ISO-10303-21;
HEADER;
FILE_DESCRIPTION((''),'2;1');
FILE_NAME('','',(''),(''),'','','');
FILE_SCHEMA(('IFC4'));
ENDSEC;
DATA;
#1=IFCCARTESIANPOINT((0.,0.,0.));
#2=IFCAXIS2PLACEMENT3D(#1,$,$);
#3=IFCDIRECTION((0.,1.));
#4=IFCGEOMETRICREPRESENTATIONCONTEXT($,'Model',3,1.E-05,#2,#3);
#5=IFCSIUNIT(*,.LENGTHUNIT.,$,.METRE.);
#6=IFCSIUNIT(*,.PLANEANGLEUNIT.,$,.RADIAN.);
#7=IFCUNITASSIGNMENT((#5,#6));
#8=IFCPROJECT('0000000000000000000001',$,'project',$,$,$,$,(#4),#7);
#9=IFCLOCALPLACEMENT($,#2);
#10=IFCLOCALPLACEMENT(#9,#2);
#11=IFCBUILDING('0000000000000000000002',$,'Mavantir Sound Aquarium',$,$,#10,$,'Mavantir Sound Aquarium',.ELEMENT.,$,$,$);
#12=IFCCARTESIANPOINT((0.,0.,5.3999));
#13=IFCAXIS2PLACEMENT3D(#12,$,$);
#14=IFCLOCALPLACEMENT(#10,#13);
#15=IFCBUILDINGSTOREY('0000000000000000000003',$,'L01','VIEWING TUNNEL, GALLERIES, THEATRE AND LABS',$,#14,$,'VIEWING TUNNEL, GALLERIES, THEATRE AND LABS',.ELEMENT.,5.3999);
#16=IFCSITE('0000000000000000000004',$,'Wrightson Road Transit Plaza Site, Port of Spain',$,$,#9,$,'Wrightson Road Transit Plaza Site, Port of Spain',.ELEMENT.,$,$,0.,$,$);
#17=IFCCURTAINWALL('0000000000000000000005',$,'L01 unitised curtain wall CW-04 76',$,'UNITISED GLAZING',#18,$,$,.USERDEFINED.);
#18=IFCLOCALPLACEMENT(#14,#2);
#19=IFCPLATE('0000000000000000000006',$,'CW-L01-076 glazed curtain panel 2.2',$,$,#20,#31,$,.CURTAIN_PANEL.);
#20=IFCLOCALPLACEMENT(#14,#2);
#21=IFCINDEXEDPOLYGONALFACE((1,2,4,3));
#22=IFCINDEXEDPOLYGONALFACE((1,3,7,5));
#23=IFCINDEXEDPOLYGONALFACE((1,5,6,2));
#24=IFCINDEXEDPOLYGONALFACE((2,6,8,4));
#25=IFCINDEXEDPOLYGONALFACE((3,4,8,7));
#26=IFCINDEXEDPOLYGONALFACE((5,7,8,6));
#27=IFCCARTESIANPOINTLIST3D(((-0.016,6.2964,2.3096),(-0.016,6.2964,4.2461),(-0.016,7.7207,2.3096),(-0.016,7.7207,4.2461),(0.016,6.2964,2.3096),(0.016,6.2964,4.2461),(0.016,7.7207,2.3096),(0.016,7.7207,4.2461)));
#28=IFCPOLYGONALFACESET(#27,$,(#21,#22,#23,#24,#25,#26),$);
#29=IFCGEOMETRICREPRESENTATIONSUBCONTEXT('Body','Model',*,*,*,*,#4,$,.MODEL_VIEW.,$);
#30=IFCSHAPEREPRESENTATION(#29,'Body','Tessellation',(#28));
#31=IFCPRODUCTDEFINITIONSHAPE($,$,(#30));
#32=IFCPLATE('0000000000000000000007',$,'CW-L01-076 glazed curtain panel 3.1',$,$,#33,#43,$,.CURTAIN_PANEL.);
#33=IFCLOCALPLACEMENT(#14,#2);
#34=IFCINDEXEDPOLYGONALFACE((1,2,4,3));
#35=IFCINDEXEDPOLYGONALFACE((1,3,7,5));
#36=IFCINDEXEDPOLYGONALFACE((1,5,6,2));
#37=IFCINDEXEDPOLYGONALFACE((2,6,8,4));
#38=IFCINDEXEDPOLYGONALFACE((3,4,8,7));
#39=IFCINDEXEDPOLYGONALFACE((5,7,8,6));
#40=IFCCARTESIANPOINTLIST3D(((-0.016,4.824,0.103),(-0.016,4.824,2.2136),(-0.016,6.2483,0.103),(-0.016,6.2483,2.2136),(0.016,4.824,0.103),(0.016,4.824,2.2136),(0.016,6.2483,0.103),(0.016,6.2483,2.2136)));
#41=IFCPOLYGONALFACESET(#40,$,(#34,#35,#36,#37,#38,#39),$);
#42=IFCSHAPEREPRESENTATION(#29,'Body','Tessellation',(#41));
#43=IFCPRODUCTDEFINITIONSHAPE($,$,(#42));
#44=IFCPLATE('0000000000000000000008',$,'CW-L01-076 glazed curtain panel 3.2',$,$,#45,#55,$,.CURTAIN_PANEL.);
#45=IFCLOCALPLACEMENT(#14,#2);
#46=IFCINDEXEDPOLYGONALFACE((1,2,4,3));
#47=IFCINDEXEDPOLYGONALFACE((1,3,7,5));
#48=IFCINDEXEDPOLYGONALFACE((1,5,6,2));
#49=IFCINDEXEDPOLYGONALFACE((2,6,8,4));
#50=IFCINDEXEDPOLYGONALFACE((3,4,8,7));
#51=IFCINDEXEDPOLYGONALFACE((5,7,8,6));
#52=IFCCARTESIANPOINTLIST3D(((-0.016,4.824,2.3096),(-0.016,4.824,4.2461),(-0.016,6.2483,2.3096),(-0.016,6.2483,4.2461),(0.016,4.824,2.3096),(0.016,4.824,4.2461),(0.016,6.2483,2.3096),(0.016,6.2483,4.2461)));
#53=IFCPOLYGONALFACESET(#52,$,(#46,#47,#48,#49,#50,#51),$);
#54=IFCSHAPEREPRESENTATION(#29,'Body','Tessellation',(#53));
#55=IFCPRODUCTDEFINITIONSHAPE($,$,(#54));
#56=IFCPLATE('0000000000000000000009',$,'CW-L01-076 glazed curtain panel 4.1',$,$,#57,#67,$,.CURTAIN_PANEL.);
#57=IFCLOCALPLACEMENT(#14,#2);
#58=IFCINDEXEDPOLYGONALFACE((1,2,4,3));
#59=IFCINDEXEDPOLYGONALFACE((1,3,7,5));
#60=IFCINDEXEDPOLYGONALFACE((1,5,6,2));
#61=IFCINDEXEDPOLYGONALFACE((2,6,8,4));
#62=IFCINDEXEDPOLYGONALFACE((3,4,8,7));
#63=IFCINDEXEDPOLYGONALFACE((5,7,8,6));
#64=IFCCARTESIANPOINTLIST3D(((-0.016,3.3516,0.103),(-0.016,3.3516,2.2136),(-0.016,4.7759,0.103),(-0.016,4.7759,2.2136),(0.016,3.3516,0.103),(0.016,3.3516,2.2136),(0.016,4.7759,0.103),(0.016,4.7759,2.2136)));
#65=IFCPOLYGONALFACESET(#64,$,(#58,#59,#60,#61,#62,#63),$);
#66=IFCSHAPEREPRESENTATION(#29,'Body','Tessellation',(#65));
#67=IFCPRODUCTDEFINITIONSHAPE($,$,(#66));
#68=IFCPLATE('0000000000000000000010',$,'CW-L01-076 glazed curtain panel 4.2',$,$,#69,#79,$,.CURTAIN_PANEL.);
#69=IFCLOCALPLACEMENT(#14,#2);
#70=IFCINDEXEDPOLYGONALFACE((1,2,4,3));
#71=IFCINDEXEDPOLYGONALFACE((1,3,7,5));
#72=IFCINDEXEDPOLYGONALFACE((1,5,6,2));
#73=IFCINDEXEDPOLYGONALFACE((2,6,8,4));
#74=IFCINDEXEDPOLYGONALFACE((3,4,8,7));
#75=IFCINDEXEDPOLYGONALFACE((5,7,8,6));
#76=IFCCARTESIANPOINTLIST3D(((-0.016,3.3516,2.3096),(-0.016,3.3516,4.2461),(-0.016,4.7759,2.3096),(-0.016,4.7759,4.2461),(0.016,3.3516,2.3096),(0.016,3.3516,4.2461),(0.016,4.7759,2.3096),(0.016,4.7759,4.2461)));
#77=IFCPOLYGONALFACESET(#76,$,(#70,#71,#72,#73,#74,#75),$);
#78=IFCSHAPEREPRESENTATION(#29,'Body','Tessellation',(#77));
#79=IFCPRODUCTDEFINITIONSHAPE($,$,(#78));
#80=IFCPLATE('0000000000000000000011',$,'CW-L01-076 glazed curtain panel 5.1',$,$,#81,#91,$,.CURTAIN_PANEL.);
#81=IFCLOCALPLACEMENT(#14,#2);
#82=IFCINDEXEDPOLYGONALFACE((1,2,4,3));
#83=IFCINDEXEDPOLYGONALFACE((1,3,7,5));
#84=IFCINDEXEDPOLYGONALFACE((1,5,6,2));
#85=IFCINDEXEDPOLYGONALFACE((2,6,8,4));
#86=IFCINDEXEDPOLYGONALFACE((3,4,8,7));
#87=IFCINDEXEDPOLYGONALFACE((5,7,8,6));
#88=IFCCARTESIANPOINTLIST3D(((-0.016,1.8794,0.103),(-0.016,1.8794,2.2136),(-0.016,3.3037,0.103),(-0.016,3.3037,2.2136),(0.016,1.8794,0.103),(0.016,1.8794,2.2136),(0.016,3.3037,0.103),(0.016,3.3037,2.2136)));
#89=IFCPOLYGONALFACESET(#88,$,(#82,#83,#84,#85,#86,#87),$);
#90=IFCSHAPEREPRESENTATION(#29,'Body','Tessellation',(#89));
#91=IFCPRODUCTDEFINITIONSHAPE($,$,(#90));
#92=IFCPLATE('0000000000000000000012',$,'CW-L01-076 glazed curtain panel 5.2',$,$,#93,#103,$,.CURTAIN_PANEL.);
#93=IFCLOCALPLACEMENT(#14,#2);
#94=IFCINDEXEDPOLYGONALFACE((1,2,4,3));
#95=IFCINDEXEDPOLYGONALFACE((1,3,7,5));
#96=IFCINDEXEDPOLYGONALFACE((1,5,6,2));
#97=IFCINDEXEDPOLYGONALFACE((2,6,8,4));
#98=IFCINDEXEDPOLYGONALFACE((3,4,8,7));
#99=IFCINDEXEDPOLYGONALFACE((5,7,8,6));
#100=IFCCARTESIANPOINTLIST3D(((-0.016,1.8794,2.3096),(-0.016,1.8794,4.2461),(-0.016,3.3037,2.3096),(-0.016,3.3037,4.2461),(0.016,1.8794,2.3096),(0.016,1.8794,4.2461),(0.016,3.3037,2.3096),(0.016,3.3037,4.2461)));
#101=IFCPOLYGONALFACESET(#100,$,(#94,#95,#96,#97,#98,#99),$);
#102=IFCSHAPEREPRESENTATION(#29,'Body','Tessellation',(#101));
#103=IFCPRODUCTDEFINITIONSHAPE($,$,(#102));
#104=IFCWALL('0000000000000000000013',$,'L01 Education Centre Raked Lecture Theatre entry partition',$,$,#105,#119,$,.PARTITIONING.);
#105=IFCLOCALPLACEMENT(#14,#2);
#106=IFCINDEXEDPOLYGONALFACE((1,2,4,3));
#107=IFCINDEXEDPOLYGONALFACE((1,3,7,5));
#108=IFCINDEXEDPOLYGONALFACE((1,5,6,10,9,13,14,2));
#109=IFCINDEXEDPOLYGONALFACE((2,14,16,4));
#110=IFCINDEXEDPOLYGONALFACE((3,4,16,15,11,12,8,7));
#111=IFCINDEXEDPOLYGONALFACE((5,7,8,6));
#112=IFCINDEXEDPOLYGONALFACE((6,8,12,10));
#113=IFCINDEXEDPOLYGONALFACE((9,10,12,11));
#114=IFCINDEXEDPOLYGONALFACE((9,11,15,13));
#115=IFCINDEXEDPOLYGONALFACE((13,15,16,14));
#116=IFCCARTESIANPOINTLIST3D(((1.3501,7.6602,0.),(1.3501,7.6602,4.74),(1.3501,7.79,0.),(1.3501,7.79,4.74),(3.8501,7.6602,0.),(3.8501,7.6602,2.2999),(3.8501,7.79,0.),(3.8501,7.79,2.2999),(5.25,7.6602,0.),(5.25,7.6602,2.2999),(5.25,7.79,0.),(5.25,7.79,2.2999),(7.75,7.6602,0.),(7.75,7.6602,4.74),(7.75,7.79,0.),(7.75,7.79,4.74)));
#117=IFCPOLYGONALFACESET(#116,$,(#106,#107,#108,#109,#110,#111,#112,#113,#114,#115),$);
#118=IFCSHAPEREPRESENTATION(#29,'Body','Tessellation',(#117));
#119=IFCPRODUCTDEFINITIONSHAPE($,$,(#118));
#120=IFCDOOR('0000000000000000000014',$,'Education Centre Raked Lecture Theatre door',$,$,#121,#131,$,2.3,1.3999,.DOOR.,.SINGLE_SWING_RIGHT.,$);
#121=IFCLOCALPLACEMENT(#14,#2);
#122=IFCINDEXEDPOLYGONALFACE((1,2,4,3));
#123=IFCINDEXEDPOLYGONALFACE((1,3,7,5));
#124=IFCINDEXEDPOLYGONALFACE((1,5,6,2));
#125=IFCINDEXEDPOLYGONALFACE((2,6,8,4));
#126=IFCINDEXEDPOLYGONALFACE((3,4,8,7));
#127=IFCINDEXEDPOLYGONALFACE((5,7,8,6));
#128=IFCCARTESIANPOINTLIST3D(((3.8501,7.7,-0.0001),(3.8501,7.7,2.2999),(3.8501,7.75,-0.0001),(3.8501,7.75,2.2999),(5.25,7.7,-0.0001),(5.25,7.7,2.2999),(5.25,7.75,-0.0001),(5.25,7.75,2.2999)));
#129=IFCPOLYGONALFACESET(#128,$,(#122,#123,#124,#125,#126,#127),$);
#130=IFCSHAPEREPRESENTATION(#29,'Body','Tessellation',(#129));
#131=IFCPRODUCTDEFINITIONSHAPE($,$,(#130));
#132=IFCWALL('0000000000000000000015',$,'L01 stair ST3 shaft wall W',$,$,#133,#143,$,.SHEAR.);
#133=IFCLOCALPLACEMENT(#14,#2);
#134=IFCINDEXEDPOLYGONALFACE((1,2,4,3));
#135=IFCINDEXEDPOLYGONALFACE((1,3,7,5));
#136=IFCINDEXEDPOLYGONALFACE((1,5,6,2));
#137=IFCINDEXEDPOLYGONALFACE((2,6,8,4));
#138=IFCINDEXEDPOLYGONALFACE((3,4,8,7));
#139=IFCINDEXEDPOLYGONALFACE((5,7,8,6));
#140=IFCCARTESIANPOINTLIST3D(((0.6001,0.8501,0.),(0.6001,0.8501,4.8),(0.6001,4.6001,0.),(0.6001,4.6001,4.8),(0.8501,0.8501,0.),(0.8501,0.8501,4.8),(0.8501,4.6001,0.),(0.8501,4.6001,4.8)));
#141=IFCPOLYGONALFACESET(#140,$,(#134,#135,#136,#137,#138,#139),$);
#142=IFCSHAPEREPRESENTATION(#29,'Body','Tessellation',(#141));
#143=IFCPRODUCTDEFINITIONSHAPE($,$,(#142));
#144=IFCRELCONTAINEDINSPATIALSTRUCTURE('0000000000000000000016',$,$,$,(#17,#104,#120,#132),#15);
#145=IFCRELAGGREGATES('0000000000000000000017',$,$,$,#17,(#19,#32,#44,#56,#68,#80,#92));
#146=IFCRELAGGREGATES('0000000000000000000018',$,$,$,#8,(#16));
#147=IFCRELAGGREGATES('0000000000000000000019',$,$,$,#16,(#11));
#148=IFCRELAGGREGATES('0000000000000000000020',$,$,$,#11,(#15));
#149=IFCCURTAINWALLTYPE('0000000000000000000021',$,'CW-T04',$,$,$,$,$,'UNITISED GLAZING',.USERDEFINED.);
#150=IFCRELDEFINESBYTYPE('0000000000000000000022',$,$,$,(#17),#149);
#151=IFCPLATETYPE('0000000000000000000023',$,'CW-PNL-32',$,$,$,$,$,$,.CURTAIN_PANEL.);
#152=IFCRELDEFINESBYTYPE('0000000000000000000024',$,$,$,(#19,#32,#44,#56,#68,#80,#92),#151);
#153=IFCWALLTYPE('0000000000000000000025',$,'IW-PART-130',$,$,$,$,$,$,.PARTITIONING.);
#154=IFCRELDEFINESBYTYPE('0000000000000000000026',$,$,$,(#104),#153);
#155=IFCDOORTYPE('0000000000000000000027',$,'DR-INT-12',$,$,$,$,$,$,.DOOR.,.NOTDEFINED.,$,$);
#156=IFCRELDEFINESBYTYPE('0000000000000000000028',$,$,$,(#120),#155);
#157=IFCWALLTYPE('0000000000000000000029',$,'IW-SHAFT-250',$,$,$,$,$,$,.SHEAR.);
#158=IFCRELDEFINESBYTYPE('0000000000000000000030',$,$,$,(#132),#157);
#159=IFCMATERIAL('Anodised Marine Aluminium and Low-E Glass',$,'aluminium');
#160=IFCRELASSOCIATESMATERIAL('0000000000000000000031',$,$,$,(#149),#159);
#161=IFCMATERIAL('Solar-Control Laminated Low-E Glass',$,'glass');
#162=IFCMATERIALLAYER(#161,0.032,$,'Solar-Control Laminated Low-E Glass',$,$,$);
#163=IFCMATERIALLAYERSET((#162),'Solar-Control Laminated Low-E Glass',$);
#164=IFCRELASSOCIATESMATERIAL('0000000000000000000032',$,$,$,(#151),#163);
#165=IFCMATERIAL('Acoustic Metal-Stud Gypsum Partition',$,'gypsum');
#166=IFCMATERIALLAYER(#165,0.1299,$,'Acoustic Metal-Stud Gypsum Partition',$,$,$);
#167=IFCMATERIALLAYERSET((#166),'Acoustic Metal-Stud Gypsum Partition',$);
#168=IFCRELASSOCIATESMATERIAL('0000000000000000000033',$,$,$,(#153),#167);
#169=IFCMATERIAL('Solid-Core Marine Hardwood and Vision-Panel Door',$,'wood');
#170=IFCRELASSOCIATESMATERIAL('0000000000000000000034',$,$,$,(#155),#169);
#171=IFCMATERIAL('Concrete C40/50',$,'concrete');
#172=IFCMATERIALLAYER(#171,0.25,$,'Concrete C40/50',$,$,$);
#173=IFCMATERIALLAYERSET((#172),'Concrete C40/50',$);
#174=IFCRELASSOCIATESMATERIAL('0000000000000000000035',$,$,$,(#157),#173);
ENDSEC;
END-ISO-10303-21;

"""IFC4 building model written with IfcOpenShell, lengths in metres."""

from ifc_helpers import new_model, si_unit, direction, frame, frame_2d, origin, origin_2d, place, context, subcontext, project, spatial, rectangle, extrude, material, layer, layer_set, type_object, element, fill, aggregate, save


model = new_model("IFC4")

# Units and contexts
model_context = context("Model", 3, precision=1e-05, world=origin(), true_north=direction((0.0, 1.0)))
body_context = subcontext(model_context, "Body", "Model", "MODEL_VIEW")
ifc_project = project(units=[si_unit("LENGTHUNIT", "METRE"), si_unit("PLANEANGLEUNIT", "RADIAN")], contexts=[model_context])

# Site, building, storey
site_placement = place(None, origin())
site = spatial("IfcSite", under=ifc_project, at=site_placement, Name="Wrightson Road Transit Plaza Site, Port of Spain", LongName="Wrightson Road Transit Plaza Site, Port of Spain", CompositionType="ELEMENT", RefElevation=0.0)
building_placement = place(site_placement, origin())
building = spatial("IfcBuilding", under=site, at=building_placement, Name="Mavantir Sound Aquarium", LongName="Mavantir Sound Aquarium", CompositionType="ELEMENT")
storey_placement = place(building_placement, frame((0.0, 0.0, 5.3999)))
storey = spatial("IfcBuildingStorey", under=building, at=storey_placement, Name="L01", Description="VIEWING TUNNEL, GALLERIES, THEATRE AND LABS", LongName="VIEWING TUNNEL, GALLERIES, THEATRE AND LABS", CompositionType="ELEMENT", Elevation=5.3999)

# Curtain wall, plates
ifc_material_1 = material(Name="Anodised Marine Aluminium and Low-E Glass", Category="aluminium")
curtain_wall_type = type_object("IfcCurtainWallType", Name="CW-T04", ElementType="UNITISED GLAZING", PredefinedType="USERDEFINED", material=ifc_material_1)
curtain_wall_placement = place(storey_placement, origin())
curtain_wall = element("IfcCurtainWall", 1, at=curtain_wall_placement, inside=storey, type_object=curtain_wall_type, Name="L01 unitised curtain wall CW-04 76", ObjectType="UNITISED GLAZING", PredefinedType="USERDEFINED")
ifc_material_2 = material(Name="Solar-Control Laminated Low-E Glass", Category="glass")
ifc_layer_1 = layer(ifc_material_2, 0.032, Name="Solar-Control Laminated Low-E Glass")
ifc_layer_set_1 = layer_set([ifc_layer_1], Name="Solar-Control Laminated Low-E Glass")
plate_type = type_object("IfcPlateType", Name="CW-PNL-32", PredefinedType="CURTAIN_PANEL", material=ifc_layer_set_1)
plate_1_placement = place(storey_placement, frame((0.0, 7.0085, 2.3096), z_axis=(0.0, 0.0, 1.0), x_axis=(0.0, -1.0, 0.0)))
plate_1 = element("IfcPlate", 2, at=plate_1_placement, type_object=plate_type, Name="CW-L01-076 glazed curtain panel 2.2", PredefinedType="CURTAIN_PANEL", context=body_context, shape_type="SweptSolid", body=[
    extrude(rectangle(XDim=1.4243, YDim=0.032, at=origin_2d()), origin(), (0.0, 0.0, 1.0), 1.9365),
])
plate_2_placement = place(storey_placement, frame((0.0, 5.5361, 0.103), z_axis=(0.0, 0.0, 1.0), x_axis=(0.0, -1.0, 0.0)))
plate_2 = element("IfcPlate", 3, at=plate_2_placement, type_object=plate_type, Name="CW-L01-076 glazed curtain panel 3.1", PredefinedType="CURTAIN_PANEL", context=body_context, shape_type="SweptSolid", body=[
    extrude(rectangle(XDim=1.4243, YDim=0.032, at=origin_2d()), origin(), (0.0, 0.0, 1.0), 2.1106),
])
plate_3_placement = place(storey_placement, frame((0.0, 5.5361, 2.3096), z_axis=(0.0, 0.0, 1.0), x_axis=(0.0, -1.0, 0.0)))
plate_3 = element("IfcPlate", 4, at=plate_3_placement, type_object=plate_type, Name="CW-L01-076 glazed curtain panel 3.2", PredefinedType="CURTAIN_PANEL", context=body_context, shape_type="SweptSolid", body=[
    extrude(rectangle(XDim=1.4243, YDim=0.032, at=origin_2d()), origin(), (0.0, 0.0, 1.0), 1.9365),
])
plate_4_placement = place(storey_placement, frame((0.0, 4.0637, 0.103), z_axis=(0.0, 0.0, 1.0), x_axis=(0.0, -1.0, 0.0)))
plate_4 = element("IfcPlate", 5, at=plate_4_placement, type_object=plate_type, Name="CW-L01-076 glazed curtain panel 4.1", PredefinedType="CURTAIN_PANEL", context=body_context, shape_type="SweptSolid", body=[
    extrude(rectangle(XDim=1.4243, YDim=0.032, at=origin_2d()), origin(), (0.0, 0.0, 1.0), 2.1106),
])
plate_5_placement = place(storey_placement, frame((0.0, 4.0637, 2.3096), z_axis=(0.0, 0.0, 1.0), x_axis=(0.0, -1.0, 0.0)))
plate_5 = element("IfcPlate", 6, at=plate_5_placement, type_object=plate_type, Name="CW-L01-076 glazed curtain panel 4.2", PredefinedType="CURTAIN_PANEL", context=body_context, shape_type="SweptSolid", body=[
    extrude(rectangle(XDim=1.4243, YDim=0.032, at=origin_2d()), origin(), (0.0, 0.0, 1.0), 1.9365),
])
plate_6_placement = place(storey_placement, frame((0.0, 2.5916, 0.103), z_axis=(0.0, 0.0, 1.0), x_axis=(0.0, -1.0, 0.0)))
plate_6 = element("IfcPlate", 7, at=plate_6_placement, type_object=plate_type, Name="CW-L01-076 glazed curtain panel 5.1", PredefinedType="CURTAIN_PANEL", context=body_context, shape_type="SweptSolid", body=[
    extrude(rectangle(XDim=1.4243, YDim=0.032, at=origin_2d()), origin(), (0.0, 0.0, 1.0), 2.1106),
])
plate_7_placement = place(storey_placement, frame((0.0, 2.5916, 2.3096), z_axis=(0.0, 0.0, 1.0), x_axis=(0.0, -1.0, 0.0)))
plate_7 = element("IfcPlate", 8, at=plate_7_placement, type_object=plate_type, Name="CW-L01-076 glazed curtain panel 5.2", PredefinedType="CURTAIN_PANEL", context=body_context, shape_type="SweptSolid", body=[
    extrude(rectangle(XDim=1.4243, YDim=0.032, at=origin_2d()), origin(), (0.0, 0.0, 1.0), 1.9365),
])
aggregate(curtain_wall, [plate_1, plate_2, plate_3, plate_4, plate_5, plate_6, plate_7])

# Wall, opening, door
ifc_material_3 = material(Name="Acoustic Metal-Stud Gypsum Partition", Category="gypsum")
ifc_layer_2 = layer(ifc_material_3, 0.1299, Name="Acoustic Metal-Stud Gypsum Partition")
ifc_layer_set_2 = layer_set([ifc_layer_2], Name="Acoustic Metal-Stud Gypsum Partition")
wall_type_1 = type_object("IfcWallType", Name="IW-PART-130", PredefinedType="PARTITIONING", material=ifc_layer_set_2)
wall_1_placement = place(storey_placement, frame((1.3501, 7.7251, 0.0), z_axis=(0.0, 0.0, 1.0), x_axis=(1.0, 0.0, 0.0)))
wall_1 = element("IfcWall", 9, at=wall_1_placement, inside=storey, type_object=wall_type_1, Name="L01 Education Centre Raked Lecture Theatre entry partition", PredefinedType="PARTITIONING", context=body_context, shape_type="SweptSolid", body=[
    extrude(rectangle(XDim=6.3999, YDim=0.1299, at=frame_2d((3.2, 0.0))), origin(), (0.0, 0.0, 1.0), 4.74),
])
opening_placement = place(wall_1_placement, frame((2.5, 0.0, 0.0)))
opening = element("IfcOpeningElement", 10, at=opening_placement, cuts=wall_1, PredefinedType="OPENING", context=body_context, shape_type="SweptSolid", body=[
    extrude(rectangle(XDim=1.3999, YDim=2.3, at=frame_2d((0.7, 1.1499))), frame((0.0, 0.075, 0.0), z_axis=(0.0, -1.0, 0.0), x_axis=(1.0, 0.0, 0.0)), (0.0, 0.0, 1.0), 0.1499),
])
ifc_material_4 = material(Name="Solid-Core Marine Hardwood and Vision-Panel Door", Category="wood")
door_type = type_object("IfcDoorType", Name="DR-INT-12", OperationType="NOTDEFINED", PredefinedType="DOOR", material=ifc_material_4)
door_placement = place(opening_placement, origin())
door = element("IfcDoor", 11, at=door_placement, inside=storey, type_object=door_type, Name="Education Centre Raked Lecture Theatre door", OperationType="SINGLE_SWING_RIGHT", OverallHeight=2.3, OverallWidth=1.3999, PredefinedType="DOOR", context=body_context, shape_type="SweptSolid", body=[
    extrude(rectangle(XDim=1.3999, YDim=2.3, at=frame_2d((0.7, 1.1499))), frame((0.0, 0.0249, 0.0), z_axis=(0.0, -1.0, 0.0), x_axis=(1.0, 0.0, 0.0)), (0.0, 0.0, 1.0), 0.05),
])
fill(opening, door)

# Wall
ifc_material_5 = material(Name="Concrete C40/50", Category="concrete")
ifc_layer_3 = layer(ifc_material_5, 0.25, Name="Concrete C40/50")
ifc_layer_set_3 = layer_set([ifc_layer_3], Name="Concrete C40/50")
wall_type_2 = type_object("IfcWallType", Name="IW-SHAFT-250", PredefinedType="SHEAR", material=ifc_layer_set_3)
wall_2_placement = place(storey_placement, frame((0.7251, 4.6001, 0.0), z_axis=(0.0, 0.0, 1.0), x_axis=(0.0, -1.0, 0.0)))
element("IfcWall", 12, at=wall_2_placement, inside=storey, type_object=wall_type_2, Name="L01 stair ST3 shaft wall W", PredefinedType="SHEAR", context=body_context, shape_type="SweptSolid", body=[
    extrude(rectangle(XDim=3.75, YDim=0.25, at=frame_2d((1.875, 0.0))), origin(), (0.0, 0.0, 1.0), 4.8),
])

save(model, "model.ifc")
